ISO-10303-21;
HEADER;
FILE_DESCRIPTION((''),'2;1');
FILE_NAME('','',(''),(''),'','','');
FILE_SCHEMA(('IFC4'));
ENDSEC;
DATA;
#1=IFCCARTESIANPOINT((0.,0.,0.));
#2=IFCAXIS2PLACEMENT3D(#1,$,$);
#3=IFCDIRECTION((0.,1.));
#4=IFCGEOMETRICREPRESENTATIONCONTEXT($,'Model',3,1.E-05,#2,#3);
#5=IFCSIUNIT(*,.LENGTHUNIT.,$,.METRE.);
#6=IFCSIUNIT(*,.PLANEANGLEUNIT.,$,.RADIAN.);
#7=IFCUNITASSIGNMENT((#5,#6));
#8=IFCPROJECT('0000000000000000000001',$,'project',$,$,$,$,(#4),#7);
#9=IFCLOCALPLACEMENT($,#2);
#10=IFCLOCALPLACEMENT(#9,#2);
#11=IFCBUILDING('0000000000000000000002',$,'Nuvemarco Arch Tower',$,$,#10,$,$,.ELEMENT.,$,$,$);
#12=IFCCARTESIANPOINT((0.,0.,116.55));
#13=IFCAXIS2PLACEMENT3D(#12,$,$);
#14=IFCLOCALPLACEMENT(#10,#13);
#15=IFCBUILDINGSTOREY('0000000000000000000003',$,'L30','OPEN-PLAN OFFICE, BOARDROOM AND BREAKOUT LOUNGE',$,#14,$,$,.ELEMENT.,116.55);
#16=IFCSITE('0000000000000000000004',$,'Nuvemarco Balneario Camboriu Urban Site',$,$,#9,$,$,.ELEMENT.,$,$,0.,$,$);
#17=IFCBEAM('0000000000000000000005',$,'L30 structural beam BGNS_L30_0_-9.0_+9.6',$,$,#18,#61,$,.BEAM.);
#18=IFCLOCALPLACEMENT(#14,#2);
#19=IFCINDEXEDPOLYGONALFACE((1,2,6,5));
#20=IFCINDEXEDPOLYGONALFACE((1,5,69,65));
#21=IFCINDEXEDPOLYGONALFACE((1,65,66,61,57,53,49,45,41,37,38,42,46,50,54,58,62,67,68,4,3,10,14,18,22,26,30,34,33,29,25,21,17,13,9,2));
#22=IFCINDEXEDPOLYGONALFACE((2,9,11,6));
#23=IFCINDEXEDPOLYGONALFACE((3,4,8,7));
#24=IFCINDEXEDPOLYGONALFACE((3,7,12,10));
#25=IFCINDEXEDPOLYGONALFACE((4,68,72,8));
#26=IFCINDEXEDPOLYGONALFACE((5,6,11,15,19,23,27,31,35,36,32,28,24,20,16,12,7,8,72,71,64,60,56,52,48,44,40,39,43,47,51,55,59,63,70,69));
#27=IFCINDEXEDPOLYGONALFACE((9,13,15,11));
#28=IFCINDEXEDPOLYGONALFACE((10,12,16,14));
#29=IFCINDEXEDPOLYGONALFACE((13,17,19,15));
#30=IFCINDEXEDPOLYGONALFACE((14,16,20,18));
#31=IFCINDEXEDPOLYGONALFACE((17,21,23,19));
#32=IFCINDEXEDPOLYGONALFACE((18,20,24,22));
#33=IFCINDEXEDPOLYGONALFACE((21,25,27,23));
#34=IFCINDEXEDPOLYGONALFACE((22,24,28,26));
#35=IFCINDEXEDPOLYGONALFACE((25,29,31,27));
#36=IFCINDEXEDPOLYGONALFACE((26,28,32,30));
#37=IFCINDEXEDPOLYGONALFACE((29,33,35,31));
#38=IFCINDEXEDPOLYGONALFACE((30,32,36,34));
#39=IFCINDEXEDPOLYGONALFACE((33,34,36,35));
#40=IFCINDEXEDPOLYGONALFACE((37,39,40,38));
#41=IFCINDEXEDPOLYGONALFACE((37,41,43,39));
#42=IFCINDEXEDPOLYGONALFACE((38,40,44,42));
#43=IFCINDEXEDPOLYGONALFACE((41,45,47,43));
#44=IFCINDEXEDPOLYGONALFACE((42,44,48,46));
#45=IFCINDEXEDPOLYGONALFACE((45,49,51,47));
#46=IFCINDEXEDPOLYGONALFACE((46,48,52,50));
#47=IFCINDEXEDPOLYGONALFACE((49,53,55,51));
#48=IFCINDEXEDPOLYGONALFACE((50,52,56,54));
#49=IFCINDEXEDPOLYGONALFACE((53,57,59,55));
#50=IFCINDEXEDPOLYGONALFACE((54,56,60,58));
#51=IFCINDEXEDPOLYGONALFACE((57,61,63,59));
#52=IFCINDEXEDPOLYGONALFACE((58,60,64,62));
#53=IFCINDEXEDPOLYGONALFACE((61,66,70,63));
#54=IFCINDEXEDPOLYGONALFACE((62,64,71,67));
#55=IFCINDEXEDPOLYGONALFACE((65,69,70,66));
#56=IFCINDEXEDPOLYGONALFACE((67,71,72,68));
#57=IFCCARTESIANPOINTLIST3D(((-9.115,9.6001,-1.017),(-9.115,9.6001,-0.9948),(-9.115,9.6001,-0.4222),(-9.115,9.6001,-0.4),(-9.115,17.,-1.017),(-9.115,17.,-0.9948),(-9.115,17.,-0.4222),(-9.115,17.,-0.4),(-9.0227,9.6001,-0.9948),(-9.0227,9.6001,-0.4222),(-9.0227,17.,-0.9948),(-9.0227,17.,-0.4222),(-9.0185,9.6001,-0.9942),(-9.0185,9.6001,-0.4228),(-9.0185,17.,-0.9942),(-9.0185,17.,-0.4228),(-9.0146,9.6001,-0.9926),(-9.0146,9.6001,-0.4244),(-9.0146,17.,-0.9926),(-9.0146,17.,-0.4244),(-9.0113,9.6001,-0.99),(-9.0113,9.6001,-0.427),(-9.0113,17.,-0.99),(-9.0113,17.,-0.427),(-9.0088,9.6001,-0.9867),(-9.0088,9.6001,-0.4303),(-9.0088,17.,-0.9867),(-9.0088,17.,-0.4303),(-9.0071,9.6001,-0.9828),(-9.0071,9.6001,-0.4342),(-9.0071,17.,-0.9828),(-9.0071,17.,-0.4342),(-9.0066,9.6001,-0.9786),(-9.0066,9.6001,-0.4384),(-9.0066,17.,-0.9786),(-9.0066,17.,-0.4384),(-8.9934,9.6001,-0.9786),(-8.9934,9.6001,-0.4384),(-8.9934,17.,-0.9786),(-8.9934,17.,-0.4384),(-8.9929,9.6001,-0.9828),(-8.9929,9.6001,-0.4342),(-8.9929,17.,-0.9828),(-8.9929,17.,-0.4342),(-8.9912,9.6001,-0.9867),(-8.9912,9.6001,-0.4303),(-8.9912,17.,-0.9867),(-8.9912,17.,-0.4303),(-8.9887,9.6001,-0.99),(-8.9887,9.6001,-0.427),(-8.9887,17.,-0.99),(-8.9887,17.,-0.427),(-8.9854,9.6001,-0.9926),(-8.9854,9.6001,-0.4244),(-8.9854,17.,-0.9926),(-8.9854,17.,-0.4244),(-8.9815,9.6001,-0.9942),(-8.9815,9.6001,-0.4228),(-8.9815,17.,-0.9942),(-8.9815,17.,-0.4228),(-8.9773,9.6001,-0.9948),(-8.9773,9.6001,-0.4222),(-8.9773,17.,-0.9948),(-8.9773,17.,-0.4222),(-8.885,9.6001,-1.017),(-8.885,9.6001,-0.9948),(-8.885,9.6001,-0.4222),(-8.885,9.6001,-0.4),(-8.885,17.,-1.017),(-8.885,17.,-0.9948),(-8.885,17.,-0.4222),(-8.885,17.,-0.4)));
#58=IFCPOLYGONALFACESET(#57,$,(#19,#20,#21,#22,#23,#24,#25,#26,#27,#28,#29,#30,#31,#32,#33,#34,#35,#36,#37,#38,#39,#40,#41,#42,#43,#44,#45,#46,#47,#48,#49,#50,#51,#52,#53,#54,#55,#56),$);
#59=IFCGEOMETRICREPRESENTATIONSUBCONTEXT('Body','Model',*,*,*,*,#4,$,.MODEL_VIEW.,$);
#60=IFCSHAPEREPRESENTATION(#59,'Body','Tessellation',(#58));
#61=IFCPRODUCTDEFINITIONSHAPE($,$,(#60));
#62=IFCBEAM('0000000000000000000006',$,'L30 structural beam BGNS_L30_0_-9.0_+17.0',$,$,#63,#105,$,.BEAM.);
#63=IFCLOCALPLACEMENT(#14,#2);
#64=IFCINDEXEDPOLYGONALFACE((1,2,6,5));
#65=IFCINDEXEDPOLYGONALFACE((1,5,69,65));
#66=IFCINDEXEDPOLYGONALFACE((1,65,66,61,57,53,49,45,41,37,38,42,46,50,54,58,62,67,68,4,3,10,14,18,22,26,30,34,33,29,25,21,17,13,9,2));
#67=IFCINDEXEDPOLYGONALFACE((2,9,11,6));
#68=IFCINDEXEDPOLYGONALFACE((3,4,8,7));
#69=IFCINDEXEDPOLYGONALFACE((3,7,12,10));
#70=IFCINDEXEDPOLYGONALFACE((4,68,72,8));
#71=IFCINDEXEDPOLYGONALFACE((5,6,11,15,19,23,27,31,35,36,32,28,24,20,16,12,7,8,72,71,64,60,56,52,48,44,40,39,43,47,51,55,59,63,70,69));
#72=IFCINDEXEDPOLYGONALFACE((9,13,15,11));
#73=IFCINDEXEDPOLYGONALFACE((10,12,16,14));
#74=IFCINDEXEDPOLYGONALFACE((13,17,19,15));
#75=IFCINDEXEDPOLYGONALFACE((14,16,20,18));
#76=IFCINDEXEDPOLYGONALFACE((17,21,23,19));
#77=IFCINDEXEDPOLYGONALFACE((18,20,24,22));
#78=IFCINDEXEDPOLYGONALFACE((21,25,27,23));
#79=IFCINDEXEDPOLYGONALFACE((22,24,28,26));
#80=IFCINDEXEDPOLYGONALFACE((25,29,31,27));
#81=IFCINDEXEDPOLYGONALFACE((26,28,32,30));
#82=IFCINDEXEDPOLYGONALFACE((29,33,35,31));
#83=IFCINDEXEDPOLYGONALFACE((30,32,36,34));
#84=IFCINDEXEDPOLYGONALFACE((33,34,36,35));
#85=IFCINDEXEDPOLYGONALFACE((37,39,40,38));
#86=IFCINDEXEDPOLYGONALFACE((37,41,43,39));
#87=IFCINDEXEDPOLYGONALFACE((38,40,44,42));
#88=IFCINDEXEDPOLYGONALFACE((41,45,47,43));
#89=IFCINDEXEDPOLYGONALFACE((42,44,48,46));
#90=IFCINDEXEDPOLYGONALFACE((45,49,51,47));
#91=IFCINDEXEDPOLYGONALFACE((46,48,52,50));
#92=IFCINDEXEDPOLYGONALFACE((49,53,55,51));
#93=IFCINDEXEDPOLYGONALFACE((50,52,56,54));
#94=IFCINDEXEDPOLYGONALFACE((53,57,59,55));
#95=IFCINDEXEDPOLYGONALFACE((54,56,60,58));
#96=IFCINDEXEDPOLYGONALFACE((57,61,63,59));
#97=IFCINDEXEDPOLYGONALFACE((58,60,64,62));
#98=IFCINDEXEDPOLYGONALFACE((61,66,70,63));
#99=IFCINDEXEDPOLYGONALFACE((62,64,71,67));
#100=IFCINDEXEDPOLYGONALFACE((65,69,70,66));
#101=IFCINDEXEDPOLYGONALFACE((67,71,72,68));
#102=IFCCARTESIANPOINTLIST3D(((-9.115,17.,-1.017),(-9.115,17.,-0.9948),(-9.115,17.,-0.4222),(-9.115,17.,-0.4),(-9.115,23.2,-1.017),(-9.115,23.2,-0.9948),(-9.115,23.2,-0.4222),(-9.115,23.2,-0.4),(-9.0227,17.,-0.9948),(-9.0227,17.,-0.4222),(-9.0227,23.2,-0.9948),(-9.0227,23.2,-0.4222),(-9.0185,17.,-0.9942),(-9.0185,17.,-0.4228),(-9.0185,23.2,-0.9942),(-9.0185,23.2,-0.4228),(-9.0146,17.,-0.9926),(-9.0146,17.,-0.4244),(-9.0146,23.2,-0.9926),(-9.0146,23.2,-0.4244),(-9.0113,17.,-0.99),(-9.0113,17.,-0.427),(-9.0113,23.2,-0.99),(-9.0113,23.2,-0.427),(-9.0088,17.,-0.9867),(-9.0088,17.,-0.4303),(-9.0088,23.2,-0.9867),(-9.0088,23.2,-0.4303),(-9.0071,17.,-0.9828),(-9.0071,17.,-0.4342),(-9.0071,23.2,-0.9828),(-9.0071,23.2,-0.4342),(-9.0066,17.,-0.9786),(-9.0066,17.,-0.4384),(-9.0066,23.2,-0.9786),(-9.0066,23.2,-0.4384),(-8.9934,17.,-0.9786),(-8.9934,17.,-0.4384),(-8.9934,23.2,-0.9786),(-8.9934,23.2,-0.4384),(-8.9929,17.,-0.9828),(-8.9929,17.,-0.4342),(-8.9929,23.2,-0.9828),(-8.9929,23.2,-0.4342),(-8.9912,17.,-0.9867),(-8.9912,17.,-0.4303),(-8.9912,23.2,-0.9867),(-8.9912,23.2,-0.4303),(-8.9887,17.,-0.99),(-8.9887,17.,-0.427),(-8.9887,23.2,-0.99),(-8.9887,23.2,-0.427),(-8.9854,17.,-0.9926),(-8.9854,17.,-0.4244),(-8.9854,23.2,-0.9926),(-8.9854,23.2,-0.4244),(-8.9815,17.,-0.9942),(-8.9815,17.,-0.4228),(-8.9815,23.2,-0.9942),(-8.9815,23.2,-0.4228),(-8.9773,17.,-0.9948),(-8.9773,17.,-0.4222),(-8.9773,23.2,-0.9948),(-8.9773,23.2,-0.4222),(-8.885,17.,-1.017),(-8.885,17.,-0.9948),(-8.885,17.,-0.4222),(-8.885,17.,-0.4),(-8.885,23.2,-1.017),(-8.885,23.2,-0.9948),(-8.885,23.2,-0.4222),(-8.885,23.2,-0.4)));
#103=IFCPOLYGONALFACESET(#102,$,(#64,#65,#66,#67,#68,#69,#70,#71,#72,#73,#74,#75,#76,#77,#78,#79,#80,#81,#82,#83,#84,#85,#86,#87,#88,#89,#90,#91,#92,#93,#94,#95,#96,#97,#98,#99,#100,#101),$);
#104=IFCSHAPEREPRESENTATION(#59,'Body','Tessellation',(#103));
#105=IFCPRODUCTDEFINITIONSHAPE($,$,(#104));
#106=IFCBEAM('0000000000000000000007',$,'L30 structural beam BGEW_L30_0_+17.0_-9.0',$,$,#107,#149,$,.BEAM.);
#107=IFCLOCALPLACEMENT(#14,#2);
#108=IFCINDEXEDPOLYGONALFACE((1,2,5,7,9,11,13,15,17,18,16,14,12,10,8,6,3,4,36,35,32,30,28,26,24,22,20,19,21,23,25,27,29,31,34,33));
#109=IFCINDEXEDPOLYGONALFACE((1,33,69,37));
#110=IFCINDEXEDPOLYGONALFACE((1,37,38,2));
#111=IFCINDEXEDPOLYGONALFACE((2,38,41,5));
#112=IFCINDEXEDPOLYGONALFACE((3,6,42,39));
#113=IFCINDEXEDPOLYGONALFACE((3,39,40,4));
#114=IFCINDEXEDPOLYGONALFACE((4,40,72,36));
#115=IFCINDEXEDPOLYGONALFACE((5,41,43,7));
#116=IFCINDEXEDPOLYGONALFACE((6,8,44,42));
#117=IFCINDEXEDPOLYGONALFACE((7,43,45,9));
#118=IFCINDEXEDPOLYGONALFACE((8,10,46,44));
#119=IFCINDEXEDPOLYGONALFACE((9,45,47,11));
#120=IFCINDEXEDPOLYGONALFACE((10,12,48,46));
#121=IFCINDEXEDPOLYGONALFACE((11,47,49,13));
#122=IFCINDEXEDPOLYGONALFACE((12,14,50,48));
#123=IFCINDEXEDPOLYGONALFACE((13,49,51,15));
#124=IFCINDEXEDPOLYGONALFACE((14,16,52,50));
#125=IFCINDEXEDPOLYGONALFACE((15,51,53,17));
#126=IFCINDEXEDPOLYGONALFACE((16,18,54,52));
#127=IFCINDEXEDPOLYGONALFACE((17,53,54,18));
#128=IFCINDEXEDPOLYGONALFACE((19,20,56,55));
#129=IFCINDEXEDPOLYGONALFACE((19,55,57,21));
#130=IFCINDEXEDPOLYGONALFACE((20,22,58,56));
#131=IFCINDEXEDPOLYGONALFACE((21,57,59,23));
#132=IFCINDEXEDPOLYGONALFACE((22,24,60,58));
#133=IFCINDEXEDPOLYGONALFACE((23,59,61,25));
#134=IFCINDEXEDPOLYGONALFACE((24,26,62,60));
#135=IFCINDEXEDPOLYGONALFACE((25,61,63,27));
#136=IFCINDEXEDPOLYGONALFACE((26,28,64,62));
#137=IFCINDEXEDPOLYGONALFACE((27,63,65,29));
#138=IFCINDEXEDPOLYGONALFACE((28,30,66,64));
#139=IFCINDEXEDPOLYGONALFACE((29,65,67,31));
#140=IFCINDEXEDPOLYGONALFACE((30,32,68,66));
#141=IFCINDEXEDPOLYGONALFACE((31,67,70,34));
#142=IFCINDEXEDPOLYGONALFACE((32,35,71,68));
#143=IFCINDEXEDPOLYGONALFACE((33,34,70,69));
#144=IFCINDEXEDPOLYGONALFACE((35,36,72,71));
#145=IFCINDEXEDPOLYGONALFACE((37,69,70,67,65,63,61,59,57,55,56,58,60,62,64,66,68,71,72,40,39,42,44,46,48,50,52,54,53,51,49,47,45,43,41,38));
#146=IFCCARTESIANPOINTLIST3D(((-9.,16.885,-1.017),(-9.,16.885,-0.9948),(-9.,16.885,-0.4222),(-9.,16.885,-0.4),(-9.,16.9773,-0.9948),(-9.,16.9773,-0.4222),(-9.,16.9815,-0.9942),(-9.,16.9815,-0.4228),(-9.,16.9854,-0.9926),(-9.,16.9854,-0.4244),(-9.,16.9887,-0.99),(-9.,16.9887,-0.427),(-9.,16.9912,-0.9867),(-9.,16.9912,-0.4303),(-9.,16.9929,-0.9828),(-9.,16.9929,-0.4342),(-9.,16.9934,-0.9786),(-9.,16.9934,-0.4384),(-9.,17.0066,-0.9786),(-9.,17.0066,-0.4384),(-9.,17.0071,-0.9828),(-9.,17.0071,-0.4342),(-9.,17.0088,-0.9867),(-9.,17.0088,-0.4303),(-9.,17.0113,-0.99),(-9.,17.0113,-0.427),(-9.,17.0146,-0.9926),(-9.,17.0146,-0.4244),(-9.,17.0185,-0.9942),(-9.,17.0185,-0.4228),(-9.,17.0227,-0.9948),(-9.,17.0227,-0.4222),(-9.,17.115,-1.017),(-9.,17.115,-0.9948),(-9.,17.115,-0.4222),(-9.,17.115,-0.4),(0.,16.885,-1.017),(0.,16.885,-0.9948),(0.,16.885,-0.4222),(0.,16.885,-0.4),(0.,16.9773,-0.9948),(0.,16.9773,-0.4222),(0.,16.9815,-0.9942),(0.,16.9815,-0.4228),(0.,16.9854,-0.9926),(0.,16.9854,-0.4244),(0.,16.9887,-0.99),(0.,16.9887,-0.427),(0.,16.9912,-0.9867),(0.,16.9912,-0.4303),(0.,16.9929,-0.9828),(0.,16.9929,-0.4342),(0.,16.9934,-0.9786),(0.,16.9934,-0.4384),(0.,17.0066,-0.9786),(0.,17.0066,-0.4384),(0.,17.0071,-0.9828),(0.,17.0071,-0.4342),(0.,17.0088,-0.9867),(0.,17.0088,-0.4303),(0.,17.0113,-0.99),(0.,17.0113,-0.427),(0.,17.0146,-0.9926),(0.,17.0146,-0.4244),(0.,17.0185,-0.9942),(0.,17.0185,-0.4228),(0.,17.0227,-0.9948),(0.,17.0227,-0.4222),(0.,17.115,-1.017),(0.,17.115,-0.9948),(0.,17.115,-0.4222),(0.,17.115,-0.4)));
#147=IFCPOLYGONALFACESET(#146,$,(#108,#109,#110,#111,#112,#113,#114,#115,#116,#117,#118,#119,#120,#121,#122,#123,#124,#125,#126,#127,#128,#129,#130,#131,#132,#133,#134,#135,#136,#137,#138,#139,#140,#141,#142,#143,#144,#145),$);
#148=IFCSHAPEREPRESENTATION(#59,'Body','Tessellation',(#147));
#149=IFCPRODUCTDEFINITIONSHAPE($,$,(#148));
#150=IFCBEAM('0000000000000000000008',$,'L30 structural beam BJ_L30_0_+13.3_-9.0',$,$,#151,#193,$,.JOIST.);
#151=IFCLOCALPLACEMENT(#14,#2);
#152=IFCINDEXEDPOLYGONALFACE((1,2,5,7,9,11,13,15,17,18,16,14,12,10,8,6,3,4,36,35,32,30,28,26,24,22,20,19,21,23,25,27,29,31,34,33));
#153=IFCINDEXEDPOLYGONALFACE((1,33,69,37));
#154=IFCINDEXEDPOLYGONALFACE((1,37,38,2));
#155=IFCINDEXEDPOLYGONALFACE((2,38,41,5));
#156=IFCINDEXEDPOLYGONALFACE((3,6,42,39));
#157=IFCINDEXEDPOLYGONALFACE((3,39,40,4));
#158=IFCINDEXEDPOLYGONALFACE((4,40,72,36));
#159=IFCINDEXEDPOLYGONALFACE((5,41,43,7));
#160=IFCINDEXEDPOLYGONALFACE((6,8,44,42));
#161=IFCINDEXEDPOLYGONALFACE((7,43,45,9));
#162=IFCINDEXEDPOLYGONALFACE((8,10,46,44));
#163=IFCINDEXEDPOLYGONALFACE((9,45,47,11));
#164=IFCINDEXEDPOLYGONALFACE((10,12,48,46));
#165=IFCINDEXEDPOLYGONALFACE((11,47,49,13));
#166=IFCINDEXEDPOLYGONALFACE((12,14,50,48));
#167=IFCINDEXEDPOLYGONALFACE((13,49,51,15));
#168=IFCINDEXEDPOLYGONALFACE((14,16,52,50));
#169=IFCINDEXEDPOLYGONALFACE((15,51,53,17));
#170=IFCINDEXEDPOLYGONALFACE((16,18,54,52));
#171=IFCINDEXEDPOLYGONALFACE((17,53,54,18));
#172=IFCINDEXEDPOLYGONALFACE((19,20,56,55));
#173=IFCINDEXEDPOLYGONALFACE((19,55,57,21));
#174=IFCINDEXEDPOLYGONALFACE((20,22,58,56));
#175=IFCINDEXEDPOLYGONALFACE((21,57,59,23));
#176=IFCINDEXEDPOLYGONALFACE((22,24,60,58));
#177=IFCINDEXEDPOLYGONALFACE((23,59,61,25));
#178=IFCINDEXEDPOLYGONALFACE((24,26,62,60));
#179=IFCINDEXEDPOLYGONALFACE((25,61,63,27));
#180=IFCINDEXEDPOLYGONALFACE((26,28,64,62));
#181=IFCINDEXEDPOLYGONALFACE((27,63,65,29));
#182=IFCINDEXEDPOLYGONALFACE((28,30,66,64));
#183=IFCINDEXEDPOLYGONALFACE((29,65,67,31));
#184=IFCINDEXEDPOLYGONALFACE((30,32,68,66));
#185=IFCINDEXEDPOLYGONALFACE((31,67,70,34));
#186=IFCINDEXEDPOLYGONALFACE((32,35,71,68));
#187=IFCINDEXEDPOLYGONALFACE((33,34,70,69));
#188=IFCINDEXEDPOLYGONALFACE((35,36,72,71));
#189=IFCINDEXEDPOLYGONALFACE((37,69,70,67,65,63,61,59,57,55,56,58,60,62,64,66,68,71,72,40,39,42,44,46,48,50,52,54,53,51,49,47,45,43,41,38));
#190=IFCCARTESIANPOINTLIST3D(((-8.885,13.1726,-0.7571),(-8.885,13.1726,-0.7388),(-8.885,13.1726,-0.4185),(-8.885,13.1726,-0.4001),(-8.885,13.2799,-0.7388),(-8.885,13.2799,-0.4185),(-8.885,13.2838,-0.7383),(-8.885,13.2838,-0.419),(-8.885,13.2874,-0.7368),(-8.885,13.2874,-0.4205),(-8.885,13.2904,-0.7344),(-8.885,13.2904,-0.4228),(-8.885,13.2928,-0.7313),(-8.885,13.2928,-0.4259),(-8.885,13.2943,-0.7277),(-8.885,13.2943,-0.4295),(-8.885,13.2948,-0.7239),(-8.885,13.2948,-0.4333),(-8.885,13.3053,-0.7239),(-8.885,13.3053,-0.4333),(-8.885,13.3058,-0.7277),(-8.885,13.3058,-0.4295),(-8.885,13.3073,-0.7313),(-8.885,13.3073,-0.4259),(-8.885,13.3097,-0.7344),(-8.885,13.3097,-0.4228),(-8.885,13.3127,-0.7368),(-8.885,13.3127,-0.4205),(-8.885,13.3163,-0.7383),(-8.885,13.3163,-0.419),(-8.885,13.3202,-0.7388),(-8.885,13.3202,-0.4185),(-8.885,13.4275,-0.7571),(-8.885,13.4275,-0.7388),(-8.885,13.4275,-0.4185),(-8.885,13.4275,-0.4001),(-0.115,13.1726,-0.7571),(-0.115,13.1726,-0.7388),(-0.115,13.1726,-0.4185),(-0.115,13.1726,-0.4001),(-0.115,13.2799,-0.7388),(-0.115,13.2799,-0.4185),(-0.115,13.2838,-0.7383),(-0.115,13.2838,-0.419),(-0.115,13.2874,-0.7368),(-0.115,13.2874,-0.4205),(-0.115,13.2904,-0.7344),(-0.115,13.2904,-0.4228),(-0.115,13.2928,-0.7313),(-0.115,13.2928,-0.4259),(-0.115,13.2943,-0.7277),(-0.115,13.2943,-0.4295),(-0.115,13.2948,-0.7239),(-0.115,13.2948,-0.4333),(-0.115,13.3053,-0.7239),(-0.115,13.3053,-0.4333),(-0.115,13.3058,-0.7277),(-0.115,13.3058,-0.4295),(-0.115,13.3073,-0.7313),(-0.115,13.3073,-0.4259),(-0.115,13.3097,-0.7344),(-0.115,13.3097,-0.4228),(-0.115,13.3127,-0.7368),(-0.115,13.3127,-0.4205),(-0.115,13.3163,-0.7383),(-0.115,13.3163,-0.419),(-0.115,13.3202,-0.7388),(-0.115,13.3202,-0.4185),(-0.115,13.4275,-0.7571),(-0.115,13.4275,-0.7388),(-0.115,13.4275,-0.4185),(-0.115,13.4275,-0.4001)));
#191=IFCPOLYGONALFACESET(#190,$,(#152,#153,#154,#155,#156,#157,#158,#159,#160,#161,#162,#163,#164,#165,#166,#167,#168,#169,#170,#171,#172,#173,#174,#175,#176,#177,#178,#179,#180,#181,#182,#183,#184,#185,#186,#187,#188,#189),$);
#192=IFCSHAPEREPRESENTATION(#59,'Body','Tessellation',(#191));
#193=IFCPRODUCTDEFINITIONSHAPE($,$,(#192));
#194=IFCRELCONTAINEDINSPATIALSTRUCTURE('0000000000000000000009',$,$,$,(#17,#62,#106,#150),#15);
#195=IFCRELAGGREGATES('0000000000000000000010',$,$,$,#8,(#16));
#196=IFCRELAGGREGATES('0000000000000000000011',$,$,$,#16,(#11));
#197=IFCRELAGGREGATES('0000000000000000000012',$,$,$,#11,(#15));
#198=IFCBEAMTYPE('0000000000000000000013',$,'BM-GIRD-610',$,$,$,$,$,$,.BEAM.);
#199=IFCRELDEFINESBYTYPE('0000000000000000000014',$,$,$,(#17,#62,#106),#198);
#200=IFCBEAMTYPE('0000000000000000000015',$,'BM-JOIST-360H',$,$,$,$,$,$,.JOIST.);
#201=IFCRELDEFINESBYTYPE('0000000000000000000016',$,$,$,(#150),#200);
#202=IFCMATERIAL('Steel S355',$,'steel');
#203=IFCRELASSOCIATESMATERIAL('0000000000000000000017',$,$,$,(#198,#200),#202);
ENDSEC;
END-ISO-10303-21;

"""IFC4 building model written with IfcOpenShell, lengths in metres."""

from ifc_helpers import new_model, si_unit, direction, frame, origin, origin_2d, place, context, subcontext, project, spatial, i_section, extrude, material, material_profile, profile_set, type_object, element, save


model = new_model("IFC4")

# Units and contexts
model_context = context("Model", 3, precision=1e-05, world=origin(), true_north=direction((0.0, 1.0)))
body_context = subcontext(model_context, "Body", "Model", "MODEL_VIEW")
ifc_project = project(units=[si_unit("LENGTHUNIT", "METRE"), si_unit("PLANEANGLEUNIT", "RADIAN")], contexts=[model_context])

# Site, building, storey
site_placement = place(None, origin())
site = spatial("IfcSite", under=ifc_project, at=site_placement, Name="Nuvemarco Balneario Camboriu Urban Site", CompositionType="ELEMENT", RefElevation=0.0)
building_placement = place(site_placement, origin())
building = spatial("IfcBuilding", under=site, at=building_placement, Name="Nuvemarco Arch Tower", CompositionType="ELEMENT")
storey_placement = place(building_placement, frame((0.0, 0.0, 116.55)))
storey = spatial("IfcBuildingStorey", under=building, at=storey_placement, Name="L30", Description="OPEN-PLAN OFFICE, BOARDROOM AND BREAKOUT LOUNGE", CompositionType="ELEMENT", Elevation=116.55)

# Shared definitions
ifc_material_1 = material(Name="Steel S355", Category="steel")

# Beams
ifc_material_profile_1 = material_profile(ifc_material_1, i_section(OverallWidth=0.23, OverallDepth=0.6169, WebThickness=0.0132, FlangeThickness=0.0222, FilletRadius=0.0161, at=origin_2d()), Name="W610x140")
ifc_profile_set_1 = profile_set([ifc_material_profile_1], Name="Steel S355")
beam_type_1 = type_object("IfcBeamType", Name="BM-GIRD-610", PredefinedType="BEAM", material=ifc_profile_set_1)
beam_1_placement = place(storey_placement, frame((-9.0, 9.6001, -0.7085), z_axis=(0.0, 1.0, 0.0), x_axis=(-1.0, 0.0, 0.0)))
element("IfcBeam", 1, at=beam_1_placement, inside=storey, type_object=beam_type_1, Name="L30 structural beam BGNS_L30_0_-9.0_+9.6", PredefinedType="BEAM", context=body_context, shape_type="SweptSolid", body=[
    extrude(i_section(OverallWidth=0.23, OverallDepth=0.6169, WebThickness=0.0132, FlangeThickness=0.0222, FilletRadius=0.0161, at=origin_2d()), origin(), (0.0, 0.0, 1.0), 7.3999),
])
beam_2_placement = place(storey_placement, frame((-9.0, 17.0, -0.7085), z_axis=(0.0, 1.0, 0.0), x_axis=(-1.0, 0.0, 0.0)))
element("IfcBeam", 2, at=beam_2_placement, inside=storey, type_object=beam_type_1, Name="L30 structural beam BGNS_L30_0_-9.0_+17.0", PredefinedType="BEAM", context=body_context, shape_type="SweptSolid", body=[
    extrude(i_section(OverallWidth=0.23, OverallDepth=0.6169, WebThickness=0.0132, FlangeThickness=0.0222, FilletRadius=0.0161, at=origin_2d()), origin(), (0.0, 0.0, 1.0), 6.2),
])
beam_3_placement = place(storey_placement, frame((-9.0, 17.0, -0.7085), z_axis=(1.0, 0.0, 0.0), x_axis=(0.0, 1.0, 0.0)))
element("IfcBeam", 3, at=beam_3_placement, inside=storey, type_object=beam_type_1, Name="L30 structural beam BGEW_L30_0_+17.0_-9.0", PredefinedType="BEAM", context=body_context, shape_type="SweptSolid", body=[
    extrude(i_section(OverallWidth=0.23, OverallDepth=0.6169, WebThickness=0.0132, FlangeThickness=0.0222, FilletRadius=0.0161, at=origin_2d()), origin(), (0.0, 0.0, 1.0), 9.0),
])
ifc_material_profile_2 = material_profile(ifc_material_1, i_section(OverallWidth=0.2549, OverallDepth=0.3569, WebThickness=0.0105, FlangeThickness=0.0183, FilletRadius=0.0149, at=origin_2d()), Name="W360x101")
ifc_profile_set_2 = profile_set([ifc_material_profile_2], Name="Steel S355")
beam_type_2 = type_object("IfcBeamType", Name="BM-JOIST-360H", PredefinedType="JOIST", material=ifc_profile_set_2)
beam_4_placement = place(storey_placement, frame((-8.885, 13.3, -0.5786), z_axis=(1.0, 0.0, 0.0), x_axis=(0.0, 1.0, 0.0)))
element("IfcBeam", 4, at=beam_4_placement, inside=storey, type_object=beam_type_2, Name="L30 structural beam BJ_L30_0_+13.3_-9.0", PredefinedType="JOIST", context=body_context, shape_type="SweptSolid", body=[
    extrude(i_section(OverallWidth=0.2549, OverallDepth=0.3569, WebThickness=0.0105, FlangeThickness=0.0183, FilletRadius=0.0149, at=origin_2d()), origin(), (0.0, 0.0, 1.0), 8.77),
])

save(model, "model.ifc")
